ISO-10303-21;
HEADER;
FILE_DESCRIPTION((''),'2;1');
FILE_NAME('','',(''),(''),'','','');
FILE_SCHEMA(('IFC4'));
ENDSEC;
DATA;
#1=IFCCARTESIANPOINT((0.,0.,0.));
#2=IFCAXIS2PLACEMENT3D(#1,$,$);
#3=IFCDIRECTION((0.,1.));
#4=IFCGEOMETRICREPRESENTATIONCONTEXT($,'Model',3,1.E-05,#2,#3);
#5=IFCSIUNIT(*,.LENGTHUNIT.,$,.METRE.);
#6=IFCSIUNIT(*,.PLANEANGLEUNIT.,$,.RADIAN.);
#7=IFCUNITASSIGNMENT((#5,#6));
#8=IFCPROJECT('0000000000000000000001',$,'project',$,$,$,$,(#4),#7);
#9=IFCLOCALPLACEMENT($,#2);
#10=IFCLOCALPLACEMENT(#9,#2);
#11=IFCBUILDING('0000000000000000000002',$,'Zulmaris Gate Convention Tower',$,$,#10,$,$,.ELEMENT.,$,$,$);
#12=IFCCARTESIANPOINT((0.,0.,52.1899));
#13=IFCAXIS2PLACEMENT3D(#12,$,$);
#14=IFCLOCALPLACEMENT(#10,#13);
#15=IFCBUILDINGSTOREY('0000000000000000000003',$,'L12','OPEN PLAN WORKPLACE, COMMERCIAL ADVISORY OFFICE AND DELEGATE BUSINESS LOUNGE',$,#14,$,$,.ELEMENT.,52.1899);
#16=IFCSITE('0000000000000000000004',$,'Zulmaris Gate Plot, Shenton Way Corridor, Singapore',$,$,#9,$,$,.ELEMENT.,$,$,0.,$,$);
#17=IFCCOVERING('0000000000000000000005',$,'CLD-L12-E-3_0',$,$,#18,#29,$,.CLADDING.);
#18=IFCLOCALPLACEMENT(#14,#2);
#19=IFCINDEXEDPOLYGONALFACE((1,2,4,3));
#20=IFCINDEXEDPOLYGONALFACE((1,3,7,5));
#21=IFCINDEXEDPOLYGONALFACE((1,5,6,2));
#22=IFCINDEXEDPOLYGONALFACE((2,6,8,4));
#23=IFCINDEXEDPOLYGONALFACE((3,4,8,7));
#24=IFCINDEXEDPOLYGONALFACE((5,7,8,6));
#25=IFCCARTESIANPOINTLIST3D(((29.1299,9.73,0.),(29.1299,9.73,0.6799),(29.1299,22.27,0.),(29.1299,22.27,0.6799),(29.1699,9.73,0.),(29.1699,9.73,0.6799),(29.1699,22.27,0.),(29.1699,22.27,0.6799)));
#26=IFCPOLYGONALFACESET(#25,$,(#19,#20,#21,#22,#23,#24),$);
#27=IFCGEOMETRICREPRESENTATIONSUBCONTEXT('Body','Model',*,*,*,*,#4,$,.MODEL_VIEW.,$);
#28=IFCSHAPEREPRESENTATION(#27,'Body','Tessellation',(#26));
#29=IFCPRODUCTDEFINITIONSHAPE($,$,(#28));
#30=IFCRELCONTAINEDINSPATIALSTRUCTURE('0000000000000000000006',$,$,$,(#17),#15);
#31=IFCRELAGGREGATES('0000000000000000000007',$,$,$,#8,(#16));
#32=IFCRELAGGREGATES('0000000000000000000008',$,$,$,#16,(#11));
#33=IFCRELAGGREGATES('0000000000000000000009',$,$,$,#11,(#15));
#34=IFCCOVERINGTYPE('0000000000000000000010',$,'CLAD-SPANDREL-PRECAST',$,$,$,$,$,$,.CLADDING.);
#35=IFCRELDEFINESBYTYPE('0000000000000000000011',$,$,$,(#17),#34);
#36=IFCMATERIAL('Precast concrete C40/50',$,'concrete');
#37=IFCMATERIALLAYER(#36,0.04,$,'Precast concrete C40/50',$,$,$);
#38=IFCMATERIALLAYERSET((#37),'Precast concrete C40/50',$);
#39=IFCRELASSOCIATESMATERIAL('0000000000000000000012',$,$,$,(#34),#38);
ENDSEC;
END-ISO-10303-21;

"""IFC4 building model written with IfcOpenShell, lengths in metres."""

from ifc_helpers import new_model, si_unit, direction, frame, frame_2d, origin, place, context, subcontext, project, spatial, rectangle, extrude, material, layer, layer_set, type_object, element, save


model = new_model("IFC4")

# Units and contexts
model_context = context("Model", 3, precision=1e-05, world=origin(), true_north=direction((0.0, 1.0)))
body_context = subcontext(model_context, "Body", "Model", "MODEL_VIEW")
ifc_project = project(units=[si_unit("LENGTHUNIT", "METRE"), si_unit("PLANEANGLEUNIT", "RADIAN")], contexts=[model_context])

# Site, building, storey
site_placement = place(None, origin())
site = spatial("IfcSite", under=ifc_project, at=site_placement, Name="Zulmaris Gate Plot, Shenton Way Corridor, Singapore", CompositionType="ELEMENT", RefElevation=0.0)
building_placement = place(site_placement, origin())
building = spatial("IfcBuilding", under=site, at=building_placement, Name="Zulmaris Gate Convention Tower", CompositionType="ELEMENT")
storey_placement = place(building_placement, frame((0.0, 0.0, 52.1899)))
storey = spatial("IfcBuildingStorey", under=building, at=storey_placement, Name="L12", Description="OPEN PLAN WORKPLACE, COMMERCIAL ADVISORY OFFICE AND DELEGATE BUSINESS LOUNGE", CompositionType="ELEMENT", Elevation=52.1899)

# Shared definitions
ifc_material_1 = material(Name="Precast concrete C40/50", Category="concrete")

# Covering
ifc_layer_1 = layer(ifc_material_1, 0.04, Name="Precast concrete C40/50")
ifc_layer_set_1 = layer_set([ifc_layer_1], Name="Precast concrete C40/50")
covering_type = type_object("IfcCoveringType", Name="CLAD-SPANDREL-PRECAST", PredefinedType="CLADDING", material=ifc_layer_set_1)
covering_1_placement = place(storey_placement, frame((29.1499, 9.73, 0.0), z_axis=(0.0, 0.0, 1.0), x_axis=(0.0, 1.0, 0.0)))
element("IfcCovering", 1, at=covering_1_placement, inside=storey, type_object=covering_type, Name="CLD-L12-E-3_0", PredefinedType="CLADDING", context=body_context, shape_type="SweptSolid", body=[
    extrude(rectangle(XDim=12.54, YDim=0.04, at=frame_2d((6.27, 0.0))), origin(), (0.0, 0.0, 1.0), 0.6799),
])

save(model, "model.ifc")
